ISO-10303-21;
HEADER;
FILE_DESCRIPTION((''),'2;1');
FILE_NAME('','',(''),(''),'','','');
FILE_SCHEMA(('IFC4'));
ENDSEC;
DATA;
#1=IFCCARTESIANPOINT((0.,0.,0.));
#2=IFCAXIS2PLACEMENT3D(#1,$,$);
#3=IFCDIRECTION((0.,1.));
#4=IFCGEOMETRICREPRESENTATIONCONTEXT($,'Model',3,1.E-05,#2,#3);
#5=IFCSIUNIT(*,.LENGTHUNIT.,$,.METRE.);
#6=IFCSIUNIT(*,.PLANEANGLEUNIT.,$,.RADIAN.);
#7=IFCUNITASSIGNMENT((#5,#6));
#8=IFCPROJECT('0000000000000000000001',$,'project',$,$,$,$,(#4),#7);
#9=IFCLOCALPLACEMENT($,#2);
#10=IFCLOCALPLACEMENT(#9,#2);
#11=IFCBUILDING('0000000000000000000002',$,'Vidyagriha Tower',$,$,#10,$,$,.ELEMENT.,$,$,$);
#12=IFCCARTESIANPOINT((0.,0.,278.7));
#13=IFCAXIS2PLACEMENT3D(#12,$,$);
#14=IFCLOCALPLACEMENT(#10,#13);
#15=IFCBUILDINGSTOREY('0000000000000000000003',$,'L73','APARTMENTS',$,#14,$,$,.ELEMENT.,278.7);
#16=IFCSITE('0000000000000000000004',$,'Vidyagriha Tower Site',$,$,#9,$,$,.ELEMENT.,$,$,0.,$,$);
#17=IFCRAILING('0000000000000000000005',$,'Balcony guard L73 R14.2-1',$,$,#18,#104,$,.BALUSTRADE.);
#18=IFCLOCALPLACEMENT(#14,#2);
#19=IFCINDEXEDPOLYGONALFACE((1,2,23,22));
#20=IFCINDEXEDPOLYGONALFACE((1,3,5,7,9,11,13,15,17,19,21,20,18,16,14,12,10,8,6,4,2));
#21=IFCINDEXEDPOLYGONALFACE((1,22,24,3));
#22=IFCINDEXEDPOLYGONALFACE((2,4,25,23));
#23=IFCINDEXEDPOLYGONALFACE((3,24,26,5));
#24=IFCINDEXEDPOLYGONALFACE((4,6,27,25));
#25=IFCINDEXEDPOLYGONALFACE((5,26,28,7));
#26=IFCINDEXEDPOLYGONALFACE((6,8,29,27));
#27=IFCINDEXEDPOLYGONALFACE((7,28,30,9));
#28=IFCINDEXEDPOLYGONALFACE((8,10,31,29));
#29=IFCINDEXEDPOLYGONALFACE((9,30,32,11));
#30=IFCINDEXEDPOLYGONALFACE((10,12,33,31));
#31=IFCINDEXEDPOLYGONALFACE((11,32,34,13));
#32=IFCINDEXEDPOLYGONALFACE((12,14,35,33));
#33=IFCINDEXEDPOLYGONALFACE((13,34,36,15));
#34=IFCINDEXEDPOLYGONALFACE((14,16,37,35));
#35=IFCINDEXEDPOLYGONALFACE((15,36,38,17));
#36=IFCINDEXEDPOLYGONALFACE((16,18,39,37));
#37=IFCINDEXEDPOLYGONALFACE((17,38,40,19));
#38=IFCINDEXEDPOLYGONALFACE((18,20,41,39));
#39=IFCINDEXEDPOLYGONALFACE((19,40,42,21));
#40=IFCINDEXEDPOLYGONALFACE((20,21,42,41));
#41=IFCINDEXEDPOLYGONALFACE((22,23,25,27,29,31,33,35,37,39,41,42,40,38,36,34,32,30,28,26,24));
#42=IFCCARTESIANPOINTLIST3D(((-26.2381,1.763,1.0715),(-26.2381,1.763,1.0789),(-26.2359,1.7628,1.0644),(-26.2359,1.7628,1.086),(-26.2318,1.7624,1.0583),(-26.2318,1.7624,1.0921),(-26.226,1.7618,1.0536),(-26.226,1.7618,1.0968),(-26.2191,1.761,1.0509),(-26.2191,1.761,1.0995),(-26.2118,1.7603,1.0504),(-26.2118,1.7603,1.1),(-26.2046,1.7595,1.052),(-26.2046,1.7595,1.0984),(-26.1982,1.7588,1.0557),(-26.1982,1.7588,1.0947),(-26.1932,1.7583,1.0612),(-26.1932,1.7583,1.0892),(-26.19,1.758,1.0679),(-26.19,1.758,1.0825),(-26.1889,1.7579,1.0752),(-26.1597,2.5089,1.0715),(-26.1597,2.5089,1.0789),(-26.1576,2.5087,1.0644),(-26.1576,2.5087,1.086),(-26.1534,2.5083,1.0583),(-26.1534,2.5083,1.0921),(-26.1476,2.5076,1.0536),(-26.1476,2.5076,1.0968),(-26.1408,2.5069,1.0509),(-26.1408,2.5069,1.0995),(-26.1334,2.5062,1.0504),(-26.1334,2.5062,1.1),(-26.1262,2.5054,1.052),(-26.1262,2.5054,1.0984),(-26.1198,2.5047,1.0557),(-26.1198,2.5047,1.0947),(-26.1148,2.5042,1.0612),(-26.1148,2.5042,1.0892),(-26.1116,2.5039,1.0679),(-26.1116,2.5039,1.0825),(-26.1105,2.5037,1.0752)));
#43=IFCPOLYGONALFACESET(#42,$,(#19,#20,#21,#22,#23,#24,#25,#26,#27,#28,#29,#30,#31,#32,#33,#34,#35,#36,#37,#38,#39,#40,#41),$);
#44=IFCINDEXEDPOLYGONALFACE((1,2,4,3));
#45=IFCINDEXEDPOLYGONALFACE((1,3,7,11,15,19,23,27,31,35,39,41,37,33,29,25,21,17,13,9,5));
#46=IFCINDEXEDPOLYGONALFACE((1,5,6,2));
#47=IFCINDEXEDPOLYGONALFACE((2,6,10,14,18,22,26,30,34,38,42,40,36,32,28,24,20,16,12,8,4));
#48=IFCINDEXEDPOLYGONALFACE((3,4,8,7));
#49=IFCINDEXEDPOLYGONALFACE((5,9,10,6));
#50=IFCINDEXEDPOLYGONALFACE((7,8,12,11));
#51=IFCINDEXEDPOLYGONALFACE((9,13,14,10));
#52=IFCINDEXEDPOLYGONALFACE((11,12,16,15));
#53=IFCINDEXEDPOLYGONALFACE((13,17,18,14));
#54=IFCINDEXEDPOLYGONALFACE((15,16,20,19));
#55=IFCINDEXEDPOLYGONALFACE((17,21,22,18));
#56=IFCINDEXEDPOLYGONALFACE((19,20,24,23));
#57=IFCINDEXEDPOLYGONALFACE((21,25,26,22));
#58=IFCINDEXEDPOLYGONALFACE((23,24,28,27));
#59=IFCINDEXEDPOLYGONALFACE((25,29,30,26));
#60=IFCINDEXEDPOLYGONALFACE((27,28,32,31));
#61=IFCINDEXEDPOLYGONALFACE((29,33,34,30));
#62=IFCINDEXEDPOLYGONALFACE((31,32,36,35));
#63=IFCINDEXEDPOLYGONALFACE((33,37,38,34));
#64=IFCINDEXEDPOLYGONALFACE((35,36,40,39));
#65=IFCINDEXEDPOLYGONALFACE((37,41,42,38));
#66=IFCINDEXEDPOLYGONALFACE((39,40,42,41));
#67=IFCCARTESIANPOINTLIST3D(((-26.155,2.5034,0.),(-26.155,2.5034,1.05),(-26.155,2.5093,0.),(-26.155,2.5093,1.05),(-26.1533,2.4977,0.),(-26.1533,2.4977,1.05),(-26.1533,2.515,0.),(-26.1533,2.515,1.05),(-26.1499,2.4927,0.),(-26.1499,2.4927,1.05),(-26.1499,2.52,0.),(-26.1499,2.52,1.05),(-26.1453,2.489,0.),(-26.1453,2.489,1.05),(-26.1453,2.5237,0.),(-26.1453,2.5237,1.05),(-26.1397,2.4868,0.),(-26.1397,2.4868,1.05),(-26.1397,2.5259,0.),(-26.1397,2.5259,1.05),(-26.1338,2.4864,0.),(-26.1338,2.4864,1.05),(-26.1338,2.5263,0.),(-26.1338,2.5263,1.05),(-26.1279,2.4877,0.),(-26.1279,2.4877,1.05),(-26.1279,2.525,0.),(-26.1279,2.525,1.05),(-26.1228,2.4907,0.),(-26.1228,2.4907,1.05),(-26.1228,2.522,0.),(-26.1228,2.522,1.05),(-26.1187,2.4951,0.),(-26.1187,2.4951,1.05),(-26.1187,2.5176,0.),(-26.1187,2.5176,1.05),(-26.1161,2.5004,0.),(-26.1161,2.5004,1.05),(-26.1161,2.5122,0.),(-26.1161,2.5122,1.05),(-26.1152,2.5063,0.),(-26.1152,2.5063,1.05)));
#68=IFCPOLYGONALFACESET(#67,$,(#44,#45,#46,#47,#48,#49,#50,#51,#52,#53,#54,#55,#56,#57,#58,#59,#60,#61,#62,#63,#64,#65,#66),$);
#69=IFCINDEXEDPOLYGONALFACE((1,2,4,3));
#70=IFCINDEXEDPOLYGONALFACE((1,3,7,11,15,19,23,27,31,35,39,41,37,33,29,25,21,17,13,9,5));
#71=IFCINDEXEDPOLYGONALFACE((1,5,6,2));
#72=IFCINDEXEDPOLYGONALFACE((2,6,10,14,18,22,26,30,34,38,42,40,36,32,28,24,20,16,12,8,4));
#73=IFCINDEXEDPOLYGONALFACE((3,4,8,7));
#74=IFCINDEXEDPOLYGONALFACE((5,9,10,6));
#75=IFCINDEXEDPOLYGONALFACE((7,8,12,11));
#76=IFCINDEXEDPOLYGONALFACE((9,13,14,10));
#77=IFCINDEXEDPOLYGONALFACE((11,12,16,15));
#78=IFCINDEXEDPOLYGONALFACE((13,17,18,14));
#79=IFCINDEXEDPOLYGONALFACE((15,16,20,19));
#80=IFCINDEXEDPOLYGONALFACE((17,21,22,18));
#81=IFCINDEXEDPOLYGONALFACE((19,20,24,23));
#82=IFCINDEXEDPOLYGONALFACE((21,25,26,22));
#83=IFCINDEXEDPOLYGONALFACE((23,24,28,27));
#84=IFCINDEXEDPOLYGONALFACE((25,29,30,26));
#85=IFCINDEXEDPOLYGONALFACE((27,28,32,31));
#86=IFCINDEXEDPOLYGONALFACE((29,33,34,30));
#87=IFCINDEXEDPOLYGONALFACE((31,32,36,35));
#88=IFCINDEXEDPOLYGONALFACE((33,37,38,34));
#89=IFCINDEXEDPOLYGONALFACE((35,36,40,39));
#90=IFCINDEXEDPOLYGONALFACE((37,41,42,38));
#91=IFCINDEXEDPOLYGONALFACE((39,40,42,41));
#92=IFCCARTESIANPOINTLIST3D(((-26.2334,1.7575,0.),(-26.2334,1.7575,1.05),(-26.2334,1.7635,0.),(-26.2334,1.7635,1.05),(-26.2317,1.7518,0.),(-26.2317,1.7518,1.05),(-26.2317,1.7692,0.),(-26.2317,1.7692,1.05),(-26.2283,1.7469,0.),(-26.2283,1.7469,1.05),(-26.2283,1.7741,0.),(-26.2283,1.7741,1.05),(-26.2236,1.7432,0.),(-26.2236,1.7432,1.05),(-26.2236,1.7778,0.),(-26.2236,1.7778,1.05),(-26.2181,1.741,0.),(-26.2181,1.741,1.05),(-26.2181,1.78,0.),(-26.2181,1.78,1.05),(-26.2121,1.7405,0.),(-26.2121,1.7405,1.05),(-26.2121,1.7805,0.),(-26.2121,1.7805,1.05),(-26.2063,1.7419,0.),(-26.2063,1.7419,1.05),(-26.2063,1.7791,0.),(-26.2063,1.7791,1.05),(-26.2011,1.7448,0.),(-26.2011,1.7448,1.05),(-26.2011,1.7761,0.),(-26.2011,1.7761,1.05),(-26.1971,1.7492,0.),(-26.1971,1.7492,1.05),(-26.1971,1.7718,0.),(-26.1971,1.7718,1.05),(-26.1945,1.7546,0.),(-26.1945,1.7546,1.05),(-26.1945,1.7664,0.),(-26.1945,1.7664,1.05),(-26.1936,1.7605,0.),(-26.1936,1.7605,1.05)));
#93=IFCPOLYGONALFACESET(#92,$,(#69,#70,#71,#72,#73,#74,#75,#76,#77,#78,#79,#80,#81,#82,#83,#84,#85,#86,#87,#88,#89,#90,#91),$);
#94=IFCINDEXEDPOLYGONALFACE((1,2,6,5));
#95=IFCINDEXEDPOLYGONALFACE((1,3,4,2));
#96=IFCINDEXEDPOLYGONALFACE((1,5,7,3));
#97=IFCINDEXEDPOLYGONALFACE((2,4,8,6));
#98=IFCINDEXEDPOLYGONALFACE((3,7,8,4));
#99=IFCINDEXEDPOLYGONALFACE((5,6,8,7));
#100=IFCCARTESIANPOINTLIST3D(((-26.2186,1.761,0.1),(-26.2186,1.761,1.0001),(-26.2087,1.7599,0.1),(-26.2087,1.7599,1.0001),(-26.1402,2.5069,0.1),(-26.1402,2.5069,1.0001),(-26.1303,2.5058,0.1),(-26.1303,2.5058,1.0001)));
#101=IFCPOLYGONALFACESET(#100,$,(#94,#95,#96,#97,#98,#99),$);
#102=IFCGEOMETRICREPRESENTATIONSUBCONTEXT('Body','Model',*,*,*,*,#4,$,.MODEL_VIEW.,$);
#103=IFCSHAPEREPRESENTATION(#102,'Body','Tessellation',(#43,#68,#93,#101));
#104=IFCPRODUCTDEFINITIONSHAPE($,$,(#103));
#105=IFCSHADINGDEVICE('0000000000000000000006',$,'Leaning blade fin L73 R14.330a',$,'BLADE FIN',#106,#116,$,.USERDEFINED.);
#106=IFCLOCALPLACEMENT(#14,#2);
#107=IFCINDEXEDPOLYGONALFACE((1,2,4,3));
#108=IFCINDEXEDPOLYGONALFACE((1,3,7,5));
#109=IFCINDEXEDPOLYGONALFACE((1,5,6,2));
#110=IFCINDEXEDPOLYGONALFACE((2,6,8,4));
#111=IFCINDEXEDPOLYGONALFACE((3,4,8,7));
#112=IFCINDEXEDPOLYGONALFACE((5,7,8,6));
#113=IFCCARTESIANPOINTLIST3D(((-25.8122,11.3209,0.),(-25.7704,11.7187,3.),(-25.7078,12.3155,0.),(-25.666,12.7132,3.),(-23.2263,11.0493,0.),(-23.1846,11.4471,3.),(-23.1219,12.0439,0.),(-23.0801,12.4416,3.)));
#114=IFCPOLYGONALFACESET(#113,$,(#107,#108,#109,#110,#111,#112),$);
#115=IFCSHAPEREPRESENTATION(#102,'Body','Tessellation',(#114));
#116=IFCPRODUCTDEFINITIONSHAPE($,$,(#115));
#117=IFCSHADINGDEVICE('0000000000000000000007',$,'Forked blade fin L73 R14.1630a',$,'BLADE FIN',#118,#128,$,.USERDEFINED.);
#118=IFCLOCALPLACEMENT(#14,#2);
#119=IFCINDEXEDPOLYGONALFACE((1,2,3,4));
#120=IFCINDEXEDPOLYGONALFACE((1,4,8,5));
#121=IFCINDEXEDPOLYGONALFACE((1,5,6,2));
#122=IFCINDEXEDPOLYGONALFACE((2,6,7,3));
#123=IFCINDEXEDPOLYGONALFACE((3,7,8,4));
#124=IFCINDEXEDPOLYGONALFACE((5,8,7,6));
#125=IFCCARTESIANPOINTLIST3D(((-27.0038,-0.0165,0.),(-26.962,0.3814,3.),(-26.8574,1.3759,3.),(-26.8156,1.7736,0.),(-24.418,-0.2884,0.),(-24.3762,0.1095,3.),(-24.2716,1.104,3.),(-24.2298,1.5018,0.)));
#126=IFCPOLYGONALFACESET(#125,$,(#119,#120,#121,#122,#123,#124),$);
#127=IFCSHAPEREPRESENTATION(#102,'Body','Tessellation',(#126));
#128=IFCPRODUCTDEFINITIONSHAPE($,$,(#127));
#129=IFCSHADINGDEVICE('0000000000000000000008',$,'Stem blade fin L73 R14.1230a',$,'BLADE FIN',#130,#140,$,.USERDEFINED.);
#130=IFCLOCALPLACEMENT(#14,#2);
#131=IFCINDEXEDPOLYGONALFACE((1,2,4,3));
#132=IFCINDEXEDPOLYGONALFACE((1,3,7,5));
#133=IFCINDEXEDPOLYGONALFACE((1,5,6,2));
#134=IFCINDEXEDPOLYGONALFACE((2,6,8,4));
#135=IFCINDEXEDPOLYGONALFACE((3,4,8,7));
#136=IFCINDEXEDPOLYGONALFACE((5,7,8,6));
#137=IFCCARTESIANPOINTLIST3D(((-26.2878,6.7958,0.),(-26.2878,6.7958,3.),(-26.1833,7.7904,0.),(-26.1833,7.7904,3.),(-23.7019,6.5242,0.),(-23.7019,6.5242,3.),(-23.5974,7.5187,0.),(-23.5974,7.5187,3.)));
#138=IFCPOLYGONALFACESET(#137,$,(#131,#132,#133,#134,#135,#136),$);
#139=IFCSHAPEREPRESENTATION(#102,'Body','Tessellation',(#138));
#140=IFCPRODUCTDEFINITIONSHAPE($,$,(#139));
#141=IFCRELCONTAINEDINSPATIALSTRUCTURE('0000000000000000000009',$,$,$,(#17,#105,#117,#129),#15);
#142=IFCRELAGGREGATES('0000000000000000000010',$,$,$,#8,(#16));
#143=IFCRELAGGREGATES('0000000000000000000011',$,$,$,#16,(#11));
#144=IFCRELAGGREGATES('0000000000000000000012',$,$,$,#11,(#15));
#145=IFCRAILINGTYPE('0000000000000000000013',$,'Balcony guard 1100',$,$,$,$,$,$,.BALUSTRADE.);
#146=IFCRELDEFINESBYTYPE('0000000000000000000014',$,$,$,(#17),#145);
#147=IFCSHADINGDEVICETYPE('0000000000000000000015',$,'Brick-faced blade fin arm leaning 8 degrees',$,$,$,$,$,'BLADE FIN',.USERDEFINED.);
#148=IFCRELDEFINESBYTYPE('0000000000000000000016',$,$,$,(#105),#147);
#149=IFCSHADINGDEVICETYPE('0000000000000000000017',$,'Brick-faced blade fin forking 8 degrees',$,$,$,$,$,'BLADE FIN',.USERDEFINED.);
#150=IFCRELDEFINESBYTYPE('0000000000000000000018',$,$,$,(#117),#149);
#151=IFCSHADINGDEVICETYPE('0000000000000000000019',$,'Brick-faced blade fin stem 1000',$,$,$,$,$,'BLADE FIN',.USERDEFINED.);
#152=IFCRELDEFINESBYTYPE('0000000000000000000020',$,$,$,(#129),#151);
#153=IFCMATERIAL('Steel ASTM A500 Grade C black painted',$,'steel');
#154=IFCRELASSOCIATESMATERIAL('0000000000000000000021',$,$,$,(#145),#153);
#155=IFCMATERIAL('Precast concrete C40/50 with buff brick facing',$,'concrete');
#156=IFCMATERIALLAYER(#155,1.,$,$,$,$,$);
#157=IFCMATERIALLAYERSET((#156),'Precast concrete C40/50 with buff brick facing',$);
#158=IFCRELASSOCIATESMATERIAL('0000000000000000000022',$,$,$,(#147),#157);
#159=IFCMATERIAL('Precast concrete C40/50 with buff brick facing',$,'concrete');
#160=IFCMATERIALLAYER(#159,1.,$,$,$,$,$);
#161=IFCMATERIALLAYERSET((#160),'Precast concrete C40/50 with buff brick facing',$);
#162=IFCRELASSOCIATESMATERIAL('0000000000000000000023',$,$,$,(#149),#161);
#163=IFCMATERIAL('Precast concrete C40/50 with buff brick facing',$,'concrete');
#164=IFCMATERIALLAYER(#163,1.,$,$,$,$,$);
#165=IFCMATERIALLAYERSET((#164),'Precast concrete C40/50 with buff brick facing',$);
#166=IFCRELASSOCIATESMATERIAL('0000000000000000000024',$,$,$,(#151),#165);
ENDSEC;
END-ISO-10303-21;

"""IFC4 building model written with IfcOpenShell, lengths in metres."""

from ifc_helpers import new_model, si_unit, direction, frame, origin, origin_2d, place, context, subcontext, project, spatial, polyline, rectangle, circle, outline, extrude, material, layer, layer_set, type_object, element, save


model = new_model("IFC4")

# Units and contexts
model_context = context("Model", 3, precision=1e-05, world=origin(), true_north=direction((0.0, 1.0)))
body_context = subcontext(model_context, "Body", "Model", "MODEL_VIEW")
ifc_project = project(units=[si_unit("LENGTHUNIT", "METRE"), si_unit("PLANEANGLEUNIT", "RADIAN")], contexts=[model_context])

# Site, building, storey
site_placement = place(None, origin())
site = spatial("IfcSite", under=ifc_project, at=site_placement, Name="Vidyagriha Tower Site", CompositionType="ELEMENT", RefElevation=0.0)
building_placement = place(site_placement, origin())
building = spatial("IfcBuilding", under=site, at=building_placement, Name="Vidyagriha Tower", CompositionType="ELEMENT")
storey_placement = place(building_placement, frame((0.0, 0.0, 278.7)))
storey = spatial("IfcBuildingStorey", under=building, at=storey_placement, Name="L73", Description="APARTMENTS", CompositionType="ELEMENT", Elevation=278.7)

# Railing
ifc_material_1 = material(Name="Steel ASTM A500 Grade C black painted", Category="steel")
railing_type_1 = type_object("IfcRailingType", Name="Balcony guard 1100", PredefinedType="BALUSTRADE", material=ifc_material_1)
railing_1_placement = place(storey_placement, frame((-26.1353, 2.5063, 0.0)))
element("IfcRailing", 1, at=railing_1_placement, inside=storey, type_object=railing_type_1, Name="Balcony guard L73 R14.2-1", PredefinedType="BALUSTRADE", context=body_context, shape_type="SweptSolid", body=[
    extrude(circle(Radius=0.0249, at=origin_2d()), frame((0.0, 0.0, 1.0752), z_axis=(-0.104498, -0.994525, 0.0), x_axis=(0.994525, -0.104498, 0.0)), (0.0, 0.0, 1.0), 0.75),
    extrude(circle(Radius=0.02, at=origin_2d()), origin(), (0.0, 0.0, 1.0), 1.05),
    extrude(circle(Radius=0.02, at=origin_2d()), frame((-0.0784, -0.7458, 0.0)), (0.0, 0.0, 1.0), 1.05),
    extrude(rectangle(XDim=0.01, YDim=0.9001, at=origin_2d()), frame((0.0, 0.0, 0.55), z_axis=(-0.104498, -0.994525, 0.0), x_axis=(0.994525, -0.104498, 0.0)), (0.0, 0.0, 1.0), 0.75),
])

# Shading devices
ifc_material_2 = material(Name="Precast concrete C40/50 with buff brick facing", Category="concrete")
ifc_layer_1 = layer(ifc_material_2, 1.0)
ifc_layer_set_1 = layer_set([ifc_layer_1], Name="Precast concrete C40/50 with buff brick facing")
shading_device_type_1 = type_object("IfcShadingDeviceType", Name="Brick-faced blade fin arm leaning 8 degrees", ElementType="BLADE FIN", PredefinedType="USERDEFINED", material=ifc_layer_set_1)
shading_device_1_placement = place(storey_placement, frame((-24.373, 12.5774, 0.0), z_axis=(0.0, 0.0, 1.0), x_axis=(-0.104458, -0.994529, 0.0)))
element("IfcShadingDevice", 2, at=shading_device_1_placement, inside=storey, type_object=shading_device_type_1, Name="Leaning blade fin L73 R14.330a", ObjectType="BLADE FIN", PredefinedType="USERDEFINED", context=body_context, shape_type="SweptSolid", body=[
    extrude(outline(polyline([(0.3999, 0.0), (1.3999, 0.0), (1.0, 3.0), (0.0, 3.0), (0.3999, 0.0)])), frame((0.0, 1.3, 0.0), z_axis=(0.0, -1.0, 0.0), x_axis=(1.0, 0.0, 0.0)), (0.0, 0.0, 1.0), 2.6001),
])
ifc_material_3 = material(Name="Precast concrete C40/50 with buff brick facing", Category="concrete")
ifc_layer_2 = layer(ifc_material_3, 1.0)
ifc_layer_set_2 = layer_set([ifc_layer_2], Name="Precast concrete C40/50 with buff brick facing")
shading_device_type_2 = type_object("IfcShadingDeviceType", Name="Brick-faced blade fin forking 8 degrees", ElementType="BLADE FIN", PredefinedType="USERDEFINED", material=ifc_layer_set_2)
shading_device_2_placement = place(storey_placement, frame((-25.5227, 1.6377, 0.0), z_axis=(0.0, 0.0, 1.0), x_axis=(-0.104565, -0.994518, 0.0)))
element("IfcShadingDevice", 3, at=shading_device_2_placement, inside=storey, type_object=shading_device_type_2, Name="Forked blade fin L73 R14.1630a", ObjectType="BLADE FIN", PredefinedType="USERDEFINED", context=body_context, shape_type="SweptSolid", body=[
    extrude(outline(polyline([(0.0, 0.0), (1.8, 0.0), (1.3999, 3.0), (0.3999, 3.0), (0.0, 0.0)])), frame((0.0, 1.3, 0.0), z_axis=(0.0, -1.0, 0.0), x_axis=(1.0, 0.0, 0.0)), (0.0, 0.0, 1.0), 2.6001),
])
ifc_material_4 = material(Name="Precast concrete C40/50 with buff brick facing", Category="concrete")
ifc_layer_3 = layer(ifc_material_4, 1.0)
ifc_layer_set_3 = layer_set([ifc_layer_3], Name="Precast concrete C40/50 with buff brick facing")
shading_device_type_3 = type_object("IfcShadingDeviceType", Name="Brick-faced blade fin stem 1000", ElementType="BLADE FIN", PredefinedType="USERDEFINED", material=ifc_layer_set_3)
shading_device_3_placement = place(storey_placement, frame((-24.8904, 7.6545, 0.0), z_axis=(0.0, 0.0, 1.0), x_axis=(-0.104481, -0.994527, 0.0)))
element("IfcShadingDevice", 4, at=shading_device_3_placement, inside=storey, type_object=shading_device_type_3, Name="Stem blade fin L73 R14.1230a", ObjectType="BLADE FIN", PredefinedType="USERDEFINED", context=body_context, shape_type="SweptSolid", body=[
    extrude(outline(polyline([(0.0, 0.0), (1.0, 0.0), (1.0, 3.0), (0.0, 3.0), (0.0, 0.0)])), frame((0.0, 1.3, 0.0), z_axis=(0.0, -1.0, 0.0), x_axis=(1.0, 0.0, 0.0)), (0.0, 0.0, 1.0), 2.6001),
])

save(model, "model.ifc")
